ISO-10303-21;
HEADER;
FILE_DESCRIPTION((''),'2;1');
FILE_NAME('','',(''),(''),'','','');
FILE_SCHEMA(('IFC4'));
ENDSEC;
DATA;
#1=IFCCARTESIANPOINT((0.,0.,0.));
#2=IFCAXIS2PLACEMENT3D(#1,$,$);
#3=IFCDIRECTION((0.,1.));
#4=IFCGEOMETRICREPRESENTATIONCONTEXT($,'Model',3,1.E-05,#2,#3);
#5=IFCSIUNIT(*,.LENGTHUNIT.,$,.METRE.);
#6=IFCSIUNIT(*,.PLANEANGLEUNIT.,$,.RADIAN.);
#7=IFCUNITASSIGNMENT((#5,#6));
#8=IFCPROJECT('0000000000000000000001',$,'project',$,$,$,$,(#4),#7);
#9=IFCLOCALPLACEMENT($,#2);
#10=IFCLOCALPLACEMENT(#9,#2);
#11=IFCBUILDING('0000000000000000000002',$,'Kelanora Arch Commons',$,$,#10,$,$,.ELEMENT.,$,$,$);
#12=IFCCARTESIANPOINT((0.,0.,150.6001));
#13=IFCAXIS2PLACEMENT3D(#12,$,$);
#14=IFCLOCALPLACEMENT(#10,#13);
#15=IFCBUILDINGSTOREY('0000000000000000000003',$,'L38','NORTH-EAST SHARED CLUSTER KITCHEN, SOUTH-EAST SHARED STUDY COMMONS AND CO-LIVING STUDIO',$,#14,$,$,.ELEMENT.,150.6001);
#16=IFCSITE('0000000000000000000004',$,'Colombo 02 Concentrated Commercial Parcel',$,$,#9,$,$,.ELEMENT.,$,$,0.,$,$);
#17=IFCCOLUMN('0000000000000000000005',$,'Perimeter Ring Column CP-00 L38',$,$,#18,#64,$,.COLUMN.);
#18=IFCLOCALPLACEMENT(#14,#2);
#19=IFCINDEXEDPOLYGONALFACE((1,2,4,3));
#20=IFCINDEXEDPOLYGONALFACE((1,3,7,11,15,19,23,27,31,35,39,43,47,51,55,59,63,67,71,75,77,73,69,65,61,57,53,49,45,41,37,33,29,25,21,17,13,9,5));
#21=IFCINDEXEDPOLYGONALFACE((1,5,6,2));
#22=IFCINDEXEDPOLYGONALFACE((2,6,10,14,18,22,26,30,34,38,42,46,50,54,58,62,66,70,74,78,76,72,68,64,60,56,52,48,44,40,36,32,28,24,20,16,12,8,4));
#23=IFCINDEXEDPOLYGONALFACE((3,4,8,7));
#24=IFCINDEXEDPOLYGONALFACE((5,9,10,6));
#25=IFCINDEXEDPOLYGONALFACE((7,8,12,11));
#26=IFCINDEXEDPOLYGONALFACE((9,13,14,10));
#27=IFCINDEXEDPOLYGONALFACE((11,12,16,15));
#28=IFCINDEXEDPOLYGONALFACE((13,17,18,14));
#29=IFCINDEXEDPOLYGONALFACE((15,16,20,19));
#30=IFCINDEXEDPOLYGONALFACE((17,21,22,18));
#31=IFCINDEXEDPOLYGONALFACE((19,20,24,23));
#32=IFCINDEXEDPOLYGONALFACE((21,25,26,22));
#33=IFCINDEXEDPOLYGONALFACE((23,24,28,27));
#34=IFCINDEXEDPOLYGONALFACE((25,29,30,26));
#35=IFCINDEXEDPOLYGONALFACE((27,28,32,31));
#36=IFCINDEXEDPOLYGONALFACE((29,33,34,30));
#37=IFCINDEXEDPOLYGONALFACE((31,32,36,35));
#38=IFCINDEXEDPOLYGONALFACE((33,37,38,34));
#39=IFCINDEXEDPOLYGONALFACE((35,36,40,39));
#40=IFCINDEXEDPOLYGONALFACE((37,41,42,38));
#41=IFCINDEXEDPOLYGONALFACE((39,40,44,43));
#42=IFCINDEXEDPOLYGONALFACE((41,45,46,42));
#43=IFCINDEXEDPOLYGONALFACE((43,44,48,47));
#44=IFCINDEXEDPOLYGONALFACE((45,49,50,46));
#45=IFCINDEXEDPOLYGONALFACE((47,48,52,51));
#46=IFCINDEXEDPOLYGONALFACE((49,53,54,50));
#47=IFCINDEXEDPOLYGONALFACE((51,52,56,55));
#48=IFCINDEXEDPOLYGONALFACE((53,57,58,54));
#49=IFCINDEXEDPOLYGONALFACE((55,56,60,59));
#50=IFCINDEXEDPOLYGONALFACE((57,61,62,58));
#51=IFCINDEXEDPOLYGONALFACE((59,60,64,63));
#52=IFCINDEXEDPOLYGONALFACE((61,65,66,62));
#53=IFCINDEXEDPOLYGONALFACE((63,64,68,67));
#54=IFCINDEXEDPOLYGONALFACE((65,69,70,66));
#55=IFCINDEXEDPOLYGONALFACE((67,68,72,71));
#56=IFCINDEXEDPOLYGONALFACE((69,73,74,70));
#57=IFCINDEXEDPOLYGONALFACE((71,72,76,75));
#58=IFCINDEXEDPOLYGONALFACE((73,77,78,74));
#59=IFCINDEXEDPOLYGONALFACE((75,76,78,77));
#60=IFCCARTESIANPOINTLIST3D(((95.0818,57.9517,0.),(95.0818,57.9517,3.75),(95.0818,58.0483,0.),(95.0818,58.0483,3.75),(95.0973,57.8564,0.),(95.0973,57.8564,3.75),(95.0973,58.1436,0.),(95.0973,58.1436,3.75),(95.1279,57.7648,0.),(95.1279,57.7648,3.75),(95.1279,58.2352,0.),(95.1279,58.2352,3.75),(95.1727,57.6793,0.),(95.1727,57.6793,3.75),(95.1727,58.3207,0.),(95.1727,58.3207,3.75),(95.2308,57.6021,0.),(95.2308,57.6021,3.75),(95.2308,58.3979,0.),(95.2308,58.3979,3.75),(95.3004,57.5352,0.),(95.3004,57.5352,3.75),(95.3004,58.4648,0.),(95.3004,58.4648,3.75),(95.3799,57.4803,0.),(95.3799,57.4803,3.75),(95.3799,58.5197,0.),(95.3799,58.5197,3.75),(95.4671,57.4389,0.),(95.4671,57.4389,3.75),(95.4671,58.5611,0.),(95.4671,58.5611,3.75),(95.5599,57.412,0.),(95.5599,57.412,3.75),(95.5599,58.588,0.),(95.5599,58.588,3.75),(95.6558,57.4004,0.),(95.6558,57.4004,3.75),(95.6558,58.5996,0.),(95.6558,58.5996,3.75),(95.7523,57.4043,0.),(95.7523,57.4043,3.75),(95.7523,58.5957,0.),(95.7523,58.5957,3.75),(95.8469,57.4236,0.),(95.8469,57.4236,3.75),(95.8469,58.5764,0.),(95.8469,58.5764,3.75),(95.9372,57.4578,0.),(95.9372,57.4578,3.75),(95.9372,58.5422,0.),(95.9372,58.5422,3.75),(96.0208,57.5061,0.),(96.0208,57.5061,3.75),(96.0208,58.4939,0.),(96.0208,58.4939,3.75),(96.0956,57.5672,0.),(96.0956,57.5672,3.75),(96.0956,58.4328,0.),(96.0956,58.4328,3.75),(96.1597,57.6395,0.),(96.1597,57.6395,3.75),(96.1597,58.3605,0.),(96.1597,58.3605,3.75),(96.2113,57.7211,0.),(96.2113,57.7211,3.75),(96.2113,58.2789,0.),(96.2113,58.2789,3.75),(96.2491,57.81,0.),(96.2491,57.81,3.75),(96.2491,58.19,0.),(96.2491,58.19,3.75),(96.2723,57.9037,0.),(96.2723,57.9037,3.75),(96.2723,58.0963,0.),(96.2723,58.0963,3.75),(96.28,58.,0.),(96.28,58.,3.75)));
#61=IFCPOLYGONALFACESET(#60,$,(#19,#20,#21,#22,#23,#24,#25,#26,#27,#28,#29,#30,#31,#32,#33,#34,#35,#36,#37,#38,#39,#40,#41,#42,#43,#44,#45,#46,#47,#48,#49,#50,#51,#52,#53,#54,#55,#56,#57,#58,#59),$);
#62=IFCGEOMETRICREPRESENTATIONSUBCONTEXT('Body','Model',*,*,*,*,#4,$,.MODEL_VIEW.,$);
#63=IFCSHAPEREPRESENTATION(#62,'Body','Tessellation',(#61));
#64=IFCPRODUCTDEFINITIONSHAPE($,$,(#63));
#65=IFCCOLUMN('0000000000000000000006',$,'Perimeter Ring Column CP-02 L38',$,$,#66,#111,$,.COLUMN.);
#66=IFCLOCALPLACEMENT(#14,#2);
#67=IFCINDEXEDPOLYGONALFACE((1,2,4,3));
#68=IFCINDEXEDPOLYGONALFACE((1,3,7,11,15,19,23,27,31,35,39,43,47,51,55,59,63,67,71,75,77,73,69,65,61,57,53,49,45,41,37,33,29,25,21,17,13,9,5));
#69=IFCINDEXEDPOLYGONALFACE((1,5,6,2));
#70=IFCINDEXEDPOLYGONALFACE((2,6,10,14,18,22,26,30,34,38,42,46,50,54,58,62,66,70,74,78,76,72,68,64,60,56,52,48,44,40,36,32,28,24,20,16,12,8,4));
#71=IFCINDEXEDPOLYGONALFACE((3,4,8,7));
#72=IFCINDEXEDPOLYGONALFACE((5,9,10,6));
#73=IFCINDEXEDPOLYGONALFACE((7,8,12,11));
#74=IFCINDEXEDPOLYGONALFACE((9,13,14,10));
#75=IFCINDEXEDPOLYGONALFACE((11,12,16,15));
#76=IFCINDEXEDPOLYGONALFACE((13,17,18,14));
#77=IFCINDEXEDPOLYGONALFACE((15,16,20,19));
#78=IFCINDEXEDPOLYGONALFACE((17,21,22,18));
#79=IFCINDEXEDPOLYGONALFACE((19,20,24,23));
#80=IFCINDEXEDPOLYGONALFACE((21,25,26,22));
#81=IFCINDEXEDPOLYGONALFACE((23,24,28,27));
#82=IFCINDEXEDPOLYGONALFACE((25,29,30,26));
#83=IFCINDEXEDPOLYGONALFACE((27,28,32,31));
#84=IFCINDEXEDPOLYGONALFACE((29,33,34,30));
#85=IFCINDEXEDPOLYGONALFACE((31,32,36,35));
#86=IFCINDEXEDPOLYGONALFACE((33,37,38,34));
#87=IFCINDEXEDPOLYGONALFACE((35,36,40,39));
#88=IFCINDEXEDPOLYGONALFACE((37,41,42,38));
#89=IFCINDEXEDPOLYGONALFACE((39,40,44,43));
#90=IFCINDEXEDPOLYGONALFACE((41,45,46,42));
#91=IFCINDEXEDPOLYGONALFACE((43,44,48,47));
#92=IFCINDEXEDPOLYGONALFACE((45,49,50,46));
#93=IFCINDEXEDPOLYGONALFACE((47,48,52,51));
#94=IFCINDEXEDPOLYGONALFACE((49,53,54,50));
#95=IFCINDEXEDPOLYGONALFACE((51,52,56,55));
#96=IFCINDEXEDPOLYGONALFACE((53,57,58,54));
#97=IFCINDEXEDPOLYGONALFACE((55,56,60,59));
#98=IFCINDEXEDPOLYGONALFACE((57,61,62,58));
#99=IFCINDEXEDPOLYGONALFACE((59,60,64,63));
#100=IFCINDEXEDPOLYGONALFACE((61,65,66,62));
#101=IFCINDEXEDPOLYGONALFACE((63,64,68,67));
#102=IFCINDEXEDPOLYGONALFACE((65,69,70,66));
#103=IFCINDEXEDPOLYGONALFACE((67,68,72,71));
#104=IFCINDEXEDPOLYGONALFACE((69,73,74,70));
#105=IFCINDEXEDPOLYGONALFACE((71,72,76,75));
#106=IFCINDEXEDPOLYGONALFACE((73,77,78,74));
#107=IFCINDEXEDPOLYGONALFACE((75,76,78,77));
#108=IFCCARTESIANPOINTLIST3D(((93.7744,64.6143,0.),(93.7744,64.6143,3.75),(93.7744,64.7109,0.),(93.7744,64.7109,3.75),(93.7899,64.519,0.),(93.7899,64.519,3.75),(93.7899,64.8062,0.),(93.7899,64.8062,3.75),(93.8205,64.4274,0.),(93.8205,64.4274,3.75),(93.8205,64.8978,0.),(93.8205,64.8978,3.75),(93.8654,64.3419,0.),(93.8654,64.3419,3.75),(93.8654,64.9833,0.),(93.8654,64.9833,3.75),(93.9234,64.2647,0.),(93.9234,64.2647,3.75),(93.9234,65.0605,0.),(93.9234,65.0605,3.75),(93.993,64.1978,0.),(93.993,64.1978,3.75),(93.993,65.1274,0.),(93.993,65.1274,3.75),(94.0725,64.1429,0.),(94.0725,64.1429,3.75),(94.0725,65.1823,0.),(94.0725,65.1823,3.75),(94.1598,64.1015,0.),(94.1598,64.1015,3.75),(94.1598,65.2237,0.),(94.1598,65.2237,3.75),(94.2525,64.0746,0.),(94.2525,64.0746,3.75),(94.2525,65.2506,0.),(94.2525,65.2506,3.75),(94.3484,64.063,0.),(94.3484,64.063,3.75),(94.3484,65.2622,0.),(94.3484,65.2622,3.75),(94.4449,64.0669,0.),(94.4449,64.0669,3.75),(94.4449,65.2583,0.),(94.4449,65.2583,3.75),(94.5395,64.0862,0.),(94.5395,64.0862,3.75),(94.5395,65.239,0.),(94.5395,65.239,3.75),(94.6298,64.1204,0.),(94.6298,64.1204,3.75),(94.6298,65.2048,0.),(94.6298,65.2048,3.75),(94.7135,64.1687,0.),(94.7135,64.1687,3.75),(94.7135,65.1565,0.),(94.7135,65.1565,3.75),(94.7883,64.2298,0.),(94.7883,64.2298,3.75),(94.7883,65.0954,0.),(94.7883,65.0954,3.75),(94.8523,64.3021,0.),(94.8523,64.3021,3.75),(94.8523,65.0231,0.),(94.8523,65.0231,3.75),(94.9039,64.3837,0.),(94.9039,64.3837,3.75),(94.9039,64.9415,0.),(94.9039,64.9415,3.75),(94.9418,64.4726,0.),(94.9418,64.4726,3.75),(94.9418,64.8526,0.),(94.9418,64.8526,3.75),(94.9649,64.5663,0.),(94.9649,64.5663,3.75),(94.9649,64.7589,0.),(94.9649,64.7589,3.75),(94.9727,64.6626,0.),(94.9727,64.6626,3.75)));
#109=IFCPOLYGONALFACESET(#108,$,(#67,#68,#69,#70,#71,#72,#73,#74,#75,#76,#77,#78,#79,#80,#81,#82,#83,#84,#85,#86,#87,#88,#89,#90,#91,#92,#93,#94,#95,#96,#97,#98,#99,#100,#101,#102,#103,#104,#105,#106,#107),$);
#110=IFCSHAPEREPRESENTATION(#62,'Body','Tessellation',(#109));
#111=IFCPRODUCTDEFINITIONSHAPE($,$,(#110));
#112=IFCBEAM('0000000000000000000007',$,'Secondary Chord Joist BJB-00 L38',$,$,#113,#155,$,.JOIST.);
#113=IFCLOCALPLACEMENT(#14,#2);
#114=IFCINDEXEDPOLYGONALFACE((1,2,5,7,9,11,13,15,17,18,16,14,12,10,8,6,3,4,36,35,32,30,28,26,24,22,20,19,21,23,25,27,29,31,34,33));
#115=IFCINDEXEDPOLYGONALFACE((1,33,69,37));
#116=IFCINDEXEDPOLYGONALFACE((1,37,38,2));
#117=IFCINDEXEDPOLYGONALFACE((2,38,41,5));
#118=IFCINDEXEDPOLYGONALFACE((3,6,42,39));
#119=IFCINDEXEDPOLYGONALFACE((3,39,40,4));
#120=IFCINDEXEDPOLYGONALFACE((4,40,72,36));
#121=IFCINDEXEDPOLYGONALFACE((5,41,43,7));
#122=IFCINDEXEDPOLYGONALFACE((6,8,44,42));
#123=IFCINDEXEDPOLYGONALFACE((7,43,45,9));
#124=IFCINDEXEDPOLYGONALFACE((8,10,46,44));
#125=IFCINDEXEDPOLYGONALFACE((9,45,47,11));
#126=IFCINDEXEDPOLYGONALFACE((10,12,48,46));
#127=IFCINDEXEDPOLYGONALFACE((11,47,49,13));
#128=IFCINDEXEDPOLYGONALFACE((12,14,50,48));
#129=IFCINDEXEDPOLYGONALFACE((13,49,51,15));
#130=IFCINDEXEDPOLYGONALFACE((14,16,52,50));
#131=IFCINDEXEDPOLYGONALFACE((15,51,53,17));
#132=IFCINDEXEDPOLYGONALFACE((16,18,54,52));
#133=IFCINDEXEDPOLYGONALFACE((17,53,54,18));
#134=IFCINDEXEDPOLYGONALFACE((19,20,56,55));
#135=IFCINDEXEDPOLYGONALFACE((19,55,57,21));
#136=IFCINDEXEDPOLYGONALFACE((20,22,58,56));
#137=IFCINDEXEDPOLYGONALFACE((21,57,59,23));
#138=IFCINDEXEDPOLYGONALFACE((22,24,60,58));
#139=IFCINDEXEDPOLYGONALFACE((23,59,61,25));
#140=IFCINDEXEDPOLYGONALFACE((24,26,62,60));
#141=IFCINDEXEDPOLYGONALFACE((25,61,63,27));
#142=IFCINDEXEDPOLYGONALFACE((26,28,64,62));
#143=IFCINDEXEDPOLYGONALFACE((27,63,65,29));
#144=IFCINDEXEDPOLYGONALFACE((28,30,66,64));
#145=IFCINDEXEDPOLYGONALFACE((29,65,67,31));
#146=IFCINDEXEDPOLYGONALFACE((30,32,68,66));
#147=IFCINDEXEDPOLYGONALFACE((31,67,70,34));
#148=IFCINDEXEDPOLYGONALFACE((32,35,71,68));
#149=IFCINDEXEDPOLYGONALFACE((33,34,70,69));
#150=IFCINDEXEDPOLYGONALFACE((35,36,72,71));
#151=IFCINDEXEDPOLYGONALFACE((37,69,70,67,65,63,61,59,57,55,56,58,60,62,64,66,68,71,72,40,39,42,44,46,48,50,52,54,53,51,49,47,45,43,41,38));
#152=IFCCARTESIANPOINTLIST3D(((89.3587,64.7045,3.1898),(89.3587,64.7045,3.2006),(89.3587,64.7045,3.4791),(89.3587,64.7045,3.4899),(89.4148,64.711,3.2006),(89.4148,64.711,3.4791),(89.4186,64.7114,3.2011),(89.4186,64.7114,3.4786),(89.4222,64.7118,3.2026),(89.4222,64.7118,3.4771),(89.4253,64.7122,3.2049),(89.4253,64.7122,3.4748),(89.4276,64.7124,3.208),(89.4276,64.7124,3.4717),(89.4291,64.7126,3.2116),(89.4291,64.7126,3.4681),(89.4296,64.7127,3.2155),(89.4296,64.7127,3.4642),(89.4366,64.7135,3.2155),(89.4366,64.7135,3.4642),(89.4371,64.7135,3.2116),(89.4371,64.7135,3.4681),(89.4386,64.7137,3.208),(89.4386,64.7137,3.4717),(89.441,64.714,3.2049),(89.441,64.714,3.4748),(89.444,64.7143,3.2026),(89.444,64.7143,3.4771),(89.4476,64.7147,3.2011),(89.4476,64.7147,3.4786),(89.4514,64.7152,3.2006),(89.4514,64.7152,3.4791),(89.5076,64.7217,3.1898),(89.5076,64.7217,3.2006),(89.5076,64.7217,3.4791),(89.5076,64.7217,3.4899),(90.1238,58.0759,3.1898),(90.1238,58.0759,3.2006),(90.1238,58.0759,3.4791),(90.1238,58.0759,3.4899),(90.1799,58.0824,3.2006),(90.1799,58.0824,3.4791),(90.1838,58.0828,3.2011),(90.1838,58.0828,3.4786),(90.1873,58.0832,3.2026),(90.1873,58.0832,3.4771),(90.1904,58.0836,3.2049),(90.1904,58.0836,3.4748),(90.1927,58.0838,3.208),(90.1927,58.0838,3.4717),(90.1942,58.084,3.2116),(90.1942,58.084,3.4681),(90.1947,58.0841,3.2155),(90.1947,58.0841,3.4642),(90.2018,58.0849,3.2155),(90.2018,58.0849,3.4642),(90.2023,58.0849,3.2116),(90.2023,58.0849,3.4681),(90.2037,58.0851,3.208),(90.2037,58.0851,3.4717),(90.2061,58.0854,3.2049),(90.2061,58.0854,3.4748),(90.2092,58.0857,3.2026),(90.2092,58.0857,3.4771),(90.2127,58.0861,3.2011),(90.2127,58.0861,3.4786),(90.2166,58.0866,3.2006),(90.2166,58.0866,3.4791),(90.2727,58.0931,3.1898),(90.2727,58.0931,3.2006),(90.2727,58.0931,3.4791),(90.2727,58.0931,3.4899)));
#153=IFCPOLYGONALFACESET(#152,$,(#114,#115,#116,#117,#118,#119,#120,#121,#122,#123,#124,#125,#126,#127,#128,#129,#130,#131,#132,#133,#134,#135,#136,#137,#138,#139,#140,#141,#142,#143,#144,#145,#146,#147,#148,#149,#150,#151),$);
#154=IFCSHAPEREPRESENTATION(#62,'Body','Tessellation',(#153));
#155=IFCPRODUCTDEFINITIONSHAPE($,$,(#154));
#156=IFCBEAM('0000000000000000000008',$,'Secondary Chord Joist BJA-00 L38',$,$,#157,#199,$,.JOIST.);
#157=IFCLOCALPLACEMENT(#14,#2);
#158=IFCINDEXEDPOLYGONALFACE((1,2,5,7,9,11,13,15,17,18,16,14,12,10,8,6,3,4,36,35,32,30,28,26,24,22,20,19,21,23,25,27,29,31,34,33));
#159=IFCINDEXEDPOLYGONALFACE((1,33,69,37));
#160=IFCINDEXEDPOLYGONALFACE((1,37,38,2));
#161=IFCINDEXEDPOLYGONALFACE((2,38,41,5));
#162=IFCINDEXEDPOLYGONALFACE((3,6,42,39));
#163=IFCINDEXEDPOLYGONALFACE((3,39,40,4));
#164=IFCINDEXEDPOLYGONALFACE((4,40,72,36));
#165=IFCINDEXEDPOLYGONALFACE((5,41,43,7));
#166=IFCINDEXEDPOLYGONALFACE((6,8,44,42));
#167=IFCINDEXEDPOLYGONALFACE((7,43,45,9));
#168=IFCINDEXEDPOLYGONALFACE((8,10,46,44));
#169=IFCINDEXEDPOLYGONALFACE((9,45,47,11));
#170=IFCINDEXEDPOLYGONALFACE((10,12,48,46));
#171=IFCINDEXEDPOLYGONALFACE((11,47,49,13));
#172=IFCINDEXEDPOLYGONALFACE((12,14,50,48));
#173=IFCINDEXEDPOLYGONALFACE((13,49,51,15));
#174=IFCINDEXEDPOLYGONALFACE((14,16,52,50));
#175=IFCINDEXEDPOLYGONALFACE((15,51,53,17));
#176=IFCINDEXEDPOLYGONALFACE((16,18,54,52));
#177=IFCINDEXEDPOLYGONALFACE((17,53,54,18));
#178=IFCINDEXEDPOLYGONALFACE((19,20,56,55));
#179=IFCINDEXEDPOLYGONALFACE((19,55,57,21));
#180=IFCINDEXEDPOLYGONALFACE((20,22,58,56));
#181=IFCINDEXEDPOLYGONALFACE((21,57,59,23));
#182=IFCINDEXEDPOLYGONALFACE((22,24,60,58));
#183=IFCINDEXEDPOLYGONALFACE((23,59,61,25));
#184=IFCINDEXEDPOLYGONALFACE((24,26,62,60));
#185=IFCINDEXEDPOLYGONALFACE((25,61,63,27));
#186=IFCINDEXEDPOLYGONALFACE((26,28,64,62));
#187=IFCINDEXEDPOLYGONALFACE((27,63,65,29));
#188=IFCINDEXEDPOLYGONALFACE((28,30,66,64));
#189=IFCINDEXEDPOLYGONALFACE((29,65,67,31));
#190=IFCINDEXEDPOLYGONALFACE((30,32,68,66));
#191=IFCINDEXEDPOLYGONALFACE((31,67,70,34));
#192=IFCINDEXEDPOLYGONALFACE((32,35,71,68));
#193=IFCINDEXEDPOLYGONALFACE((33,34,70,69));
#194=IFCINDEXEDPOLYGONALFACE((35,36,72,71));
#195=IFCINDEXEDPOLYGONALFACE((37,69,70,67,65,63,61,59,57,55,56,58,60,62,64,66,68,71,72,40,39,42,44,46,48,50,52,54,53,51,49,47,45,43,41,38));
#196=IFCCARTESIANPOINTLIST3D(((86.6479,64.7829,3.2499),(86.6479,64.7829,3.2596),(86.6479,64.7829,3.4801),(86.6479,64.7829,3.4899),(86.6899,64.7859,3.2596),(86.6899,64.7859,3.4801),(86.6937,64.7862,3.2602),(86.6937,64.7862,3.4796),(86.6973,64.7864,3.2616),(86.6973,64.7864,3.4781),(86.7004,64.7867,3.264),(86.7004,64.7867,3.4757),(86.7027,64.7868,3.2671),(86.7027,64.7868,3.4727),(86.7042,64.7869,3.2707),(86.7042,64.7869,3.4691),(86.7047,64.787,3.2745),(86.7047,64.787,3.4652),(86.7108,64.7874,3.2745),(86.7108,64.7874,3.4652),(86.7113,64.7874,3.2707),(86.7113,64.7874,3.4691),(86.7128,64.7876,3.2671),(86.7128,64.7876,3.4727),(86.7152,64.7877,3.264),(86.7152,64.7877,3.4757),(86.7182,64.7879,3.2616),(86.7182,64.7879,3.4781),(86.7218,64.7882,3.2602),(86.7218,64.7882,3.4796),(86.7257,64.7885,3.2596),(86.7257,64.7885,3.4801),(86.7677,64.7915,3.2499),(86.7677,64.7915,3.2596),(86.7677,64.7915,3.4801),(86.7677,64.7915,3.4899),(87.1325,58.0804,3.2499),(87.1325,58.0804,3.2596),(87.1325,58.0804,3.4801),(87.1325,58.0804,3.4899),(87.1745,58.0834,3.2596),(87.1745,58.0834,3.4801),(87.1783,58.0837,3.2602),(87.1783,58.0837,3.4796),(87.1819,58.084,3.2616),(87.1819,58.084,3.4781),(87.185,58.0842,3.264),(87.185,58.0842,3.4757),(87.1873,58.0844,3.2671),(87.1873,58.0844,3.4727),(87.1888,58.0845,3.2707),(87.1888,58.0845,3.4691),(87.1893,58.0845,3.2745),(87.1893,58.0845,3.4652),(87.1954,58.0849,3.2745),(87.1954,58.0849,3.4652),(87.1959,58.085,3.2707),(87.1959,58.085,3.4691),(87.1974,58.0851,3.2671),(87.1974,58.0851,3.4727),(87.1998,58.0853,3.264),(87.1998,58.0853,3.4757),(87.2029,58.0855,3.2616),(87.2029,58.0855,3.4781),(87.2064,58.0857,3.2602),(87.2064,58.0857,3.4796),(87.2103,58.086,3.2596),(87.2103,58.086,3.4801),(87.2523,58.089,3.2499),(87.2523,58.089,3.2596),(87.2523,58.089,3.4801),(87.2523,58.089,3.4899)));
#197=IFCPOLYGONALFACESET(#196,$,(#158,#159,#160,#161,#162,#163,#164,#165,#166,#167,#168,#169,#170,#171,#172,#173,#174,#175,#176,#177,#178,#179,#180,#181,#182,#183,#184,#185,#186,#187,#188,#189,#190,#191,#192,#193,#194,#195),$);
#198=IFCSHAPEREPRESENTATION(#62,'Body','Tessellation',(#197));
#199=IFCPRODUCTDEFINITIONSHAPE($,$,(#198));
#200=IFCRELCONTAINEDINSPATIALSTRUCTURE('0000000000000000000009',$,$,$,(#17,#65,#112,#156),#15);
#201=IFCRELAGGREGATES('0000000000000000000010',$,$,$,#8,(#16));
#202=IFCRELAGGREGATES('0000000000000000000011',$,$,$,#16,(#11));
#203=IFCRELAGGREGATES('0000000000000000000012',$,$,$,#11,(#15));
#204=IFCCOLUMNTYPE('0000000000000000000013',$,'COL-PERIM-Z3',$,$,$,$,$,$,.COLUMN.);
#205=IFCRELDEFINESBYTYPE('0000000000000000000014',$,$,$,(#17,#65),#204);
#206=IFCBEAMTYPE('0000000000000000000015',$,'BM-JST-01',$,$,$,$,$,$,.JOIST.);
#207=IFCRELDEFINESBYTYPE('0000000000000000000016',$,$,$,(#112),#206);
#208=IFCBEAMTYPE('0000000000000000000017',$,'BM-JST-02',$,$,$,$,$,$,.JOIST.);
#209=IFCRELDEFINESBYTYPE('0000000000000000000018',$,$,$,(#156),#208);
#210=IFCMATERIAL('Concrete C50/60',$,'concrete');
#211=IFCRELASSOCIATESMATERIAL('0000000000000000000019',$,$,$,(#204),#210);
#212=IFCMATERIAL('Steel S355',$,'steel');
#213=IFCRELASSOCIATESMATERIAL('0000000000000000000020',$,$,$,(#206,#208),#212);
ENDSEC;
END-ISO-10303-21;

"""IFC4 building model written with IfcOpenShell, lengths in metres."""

from ifc_helpers import new_model, si_unit, direction, frame, origin, origin_2d, place, context, subcontext, project, spatial, circle, i_section, extrude, material, material_profile, profile_set, type_object, element, save


model = new_model("IFC4")

# Units and contexts
model_context = context("Model", 3, precision=1e-05, world=origin(), true_north=direction((0.0, 1.0)))
body_context = subcontext(model_context, "Body", "Model", "MODEL_VIEW")
ifc_project = project(units=[si_unit("LENGTHUNIT", "METRE"), si_unit("PLANEANGLEUNIT", "RADIAN")], contexts=[model_context])

# Site, building, storey
site_placement = place(None, origin())
site = spatial("IfcSite", under=ifc_project, at=site_placement, Name="Colombo 02 Concentrated Commercial Parcel", CompositionType="ELEMENT", RefElevation=0.0)
building_placement = place(site_placement, origin())
building = spatial("IfcBuilding", under=site, at=building_placement, Name="Kelanora Arch Commons", CompositionType="ELEMENT")
storey_placement = place(building_placement, frame((0.0, 0.0, 150.6001)))
storey = spatial("IfcBuildingStorey", under=building, at=storey_placement, Name="L38", Description="NORTH-EAST SHARED CLUSTER KITCHEN, SOUTH-EAST SHARED STUDY COMMONS AND CO-LIVING STUDIO", CompositionType="ELEMENT", Elevation=150.6001)

# Columns
ifc_material_1 = material(Name="Concrete C50/60", Category="concrete")
ifc_material_profile_1 = material_profile(ifc_material_1, circle(Radius=0.6001, at=origin_2d()), Name="RCC1200")
ifc_profile_set_1 = profile_set([ifc_material_profile_1], Name="Concrete C50/60")
column_type = type_object("IfcColumnType", Name="COL-PERIM-Z3", PredefinedType="COLUMN", material=ifc_profile_set_1)
for number, where, z_axis, x_axis, name in (
    (1, (95.6799, 58.0, 0.0), (0.0, 0.0, 1.0), (1.0, 0.0, 0.0), "Perimeter Ring Column CP-00 L38"),
    (2, (94.3726, 64.6626, 0.0), (0.0, 0.0, 1.0), (1.0, 0.0, 0.0), "Perimeter Ring Column CP-02 L38"),
):
    element("IfcColumn", number, at=place(storey_placement, frame(where, z_axis=z_axis, x_axis=x_axis)), inside=storey, type_object=column_type, Name=name, PredefinedType="COLUMN", context=body_context, shape_type="SweptSolid", body=[
        extrude(circle(Radius=0.6001, at=origin_2d()), origin(), (0.0, 0.0, 1.0), 3.75),
    ])

# Beams
ifc_material_2 = material(Name="Steel S355", Category="steel")
ifc_material_profile_2 = material_profile(ifc_material_2, i_section(OverallWidth=0.1499, OverallDepth=0.3, WebThickness=0.0071, FlangeThickness=0.0107, FilletRadius=0.0149, at=origin_2d()), Name="IPE300")
ifc_profile_set_2 = profile_set([ifc_material_profile_2], Name="Steel S355")
beam_type_1 = type_object("IfcBeamType", Name="BM-JST-01", PredefinedType="JOIST", material=ifc_profile_set_2)
beam_1_placement = place(storey_placement, frame((90.1982, 58.0845, 3.3398), z_axis=(-0.114667, 0.993404, 0.0), x_axis=(-0.993404, -0.114667, 0.0)))
element("IfcBeam", 3, at=beam_1_placement, inside=storey, type_object=beam_type_1, Name="Secondary Chord Joist BJB-00 L38", PredefinedType="JOIST", context=body_context, shape_type="SweptSolid", body=[
    extrude(i_section(OverallWidth=0.1499, OverallDepth=0.3, WebThickness=0.0071, FlangeThickness=0.0107, FilletRadius=0.0149, at=origin_2d()), origin(), (0.0, 0.0, 1.0), 6.6726),
])
ifc_material_profile_3 = material_profile(ifc_material_2, i_section(OverallWidth=0.1201, OverallDepth=0.24, WebThickness=0.0061, FlangeThickness=0.0098, FilletRadius=0.0149, at=origin_2d()), Name="IPE240")
ifc_profile_set_3 = profile_set([ifc_material_profile_3], Name="Steel S355")
beam_type_2 = type_object("IfcBeamType", Name="BM-JST-02", PredefinedType="JOIST", material=ifc_profile_set_3)
beam_2_placement = place(storey_placement, frame((87.1924, 58.0847, 3.3699), z_axis=(-0.072117, 0.997396, 0.0), x_axis=(-0.997396, -0.072117, 0.0)))
element("IfcBeam", 4, at=beam_2_placement, inside=storey, type_object=beam_type_2, Name="Secondary Chord Joist BJA-00 L38", PredefinedType="JOIST", context=body_context, shape_type="SweptSolid", body=[
    extrude(i_section(OverallWidth=0.1201, OverallDepth=0.24, WebThickness=0.0061, FlangeThickness=0.0098, FilletRadius=0.0149, at=origin_2d()), origin(), (0.0, 0.0, 1.0), 6.72),
])

save(model, "model.ifc")
